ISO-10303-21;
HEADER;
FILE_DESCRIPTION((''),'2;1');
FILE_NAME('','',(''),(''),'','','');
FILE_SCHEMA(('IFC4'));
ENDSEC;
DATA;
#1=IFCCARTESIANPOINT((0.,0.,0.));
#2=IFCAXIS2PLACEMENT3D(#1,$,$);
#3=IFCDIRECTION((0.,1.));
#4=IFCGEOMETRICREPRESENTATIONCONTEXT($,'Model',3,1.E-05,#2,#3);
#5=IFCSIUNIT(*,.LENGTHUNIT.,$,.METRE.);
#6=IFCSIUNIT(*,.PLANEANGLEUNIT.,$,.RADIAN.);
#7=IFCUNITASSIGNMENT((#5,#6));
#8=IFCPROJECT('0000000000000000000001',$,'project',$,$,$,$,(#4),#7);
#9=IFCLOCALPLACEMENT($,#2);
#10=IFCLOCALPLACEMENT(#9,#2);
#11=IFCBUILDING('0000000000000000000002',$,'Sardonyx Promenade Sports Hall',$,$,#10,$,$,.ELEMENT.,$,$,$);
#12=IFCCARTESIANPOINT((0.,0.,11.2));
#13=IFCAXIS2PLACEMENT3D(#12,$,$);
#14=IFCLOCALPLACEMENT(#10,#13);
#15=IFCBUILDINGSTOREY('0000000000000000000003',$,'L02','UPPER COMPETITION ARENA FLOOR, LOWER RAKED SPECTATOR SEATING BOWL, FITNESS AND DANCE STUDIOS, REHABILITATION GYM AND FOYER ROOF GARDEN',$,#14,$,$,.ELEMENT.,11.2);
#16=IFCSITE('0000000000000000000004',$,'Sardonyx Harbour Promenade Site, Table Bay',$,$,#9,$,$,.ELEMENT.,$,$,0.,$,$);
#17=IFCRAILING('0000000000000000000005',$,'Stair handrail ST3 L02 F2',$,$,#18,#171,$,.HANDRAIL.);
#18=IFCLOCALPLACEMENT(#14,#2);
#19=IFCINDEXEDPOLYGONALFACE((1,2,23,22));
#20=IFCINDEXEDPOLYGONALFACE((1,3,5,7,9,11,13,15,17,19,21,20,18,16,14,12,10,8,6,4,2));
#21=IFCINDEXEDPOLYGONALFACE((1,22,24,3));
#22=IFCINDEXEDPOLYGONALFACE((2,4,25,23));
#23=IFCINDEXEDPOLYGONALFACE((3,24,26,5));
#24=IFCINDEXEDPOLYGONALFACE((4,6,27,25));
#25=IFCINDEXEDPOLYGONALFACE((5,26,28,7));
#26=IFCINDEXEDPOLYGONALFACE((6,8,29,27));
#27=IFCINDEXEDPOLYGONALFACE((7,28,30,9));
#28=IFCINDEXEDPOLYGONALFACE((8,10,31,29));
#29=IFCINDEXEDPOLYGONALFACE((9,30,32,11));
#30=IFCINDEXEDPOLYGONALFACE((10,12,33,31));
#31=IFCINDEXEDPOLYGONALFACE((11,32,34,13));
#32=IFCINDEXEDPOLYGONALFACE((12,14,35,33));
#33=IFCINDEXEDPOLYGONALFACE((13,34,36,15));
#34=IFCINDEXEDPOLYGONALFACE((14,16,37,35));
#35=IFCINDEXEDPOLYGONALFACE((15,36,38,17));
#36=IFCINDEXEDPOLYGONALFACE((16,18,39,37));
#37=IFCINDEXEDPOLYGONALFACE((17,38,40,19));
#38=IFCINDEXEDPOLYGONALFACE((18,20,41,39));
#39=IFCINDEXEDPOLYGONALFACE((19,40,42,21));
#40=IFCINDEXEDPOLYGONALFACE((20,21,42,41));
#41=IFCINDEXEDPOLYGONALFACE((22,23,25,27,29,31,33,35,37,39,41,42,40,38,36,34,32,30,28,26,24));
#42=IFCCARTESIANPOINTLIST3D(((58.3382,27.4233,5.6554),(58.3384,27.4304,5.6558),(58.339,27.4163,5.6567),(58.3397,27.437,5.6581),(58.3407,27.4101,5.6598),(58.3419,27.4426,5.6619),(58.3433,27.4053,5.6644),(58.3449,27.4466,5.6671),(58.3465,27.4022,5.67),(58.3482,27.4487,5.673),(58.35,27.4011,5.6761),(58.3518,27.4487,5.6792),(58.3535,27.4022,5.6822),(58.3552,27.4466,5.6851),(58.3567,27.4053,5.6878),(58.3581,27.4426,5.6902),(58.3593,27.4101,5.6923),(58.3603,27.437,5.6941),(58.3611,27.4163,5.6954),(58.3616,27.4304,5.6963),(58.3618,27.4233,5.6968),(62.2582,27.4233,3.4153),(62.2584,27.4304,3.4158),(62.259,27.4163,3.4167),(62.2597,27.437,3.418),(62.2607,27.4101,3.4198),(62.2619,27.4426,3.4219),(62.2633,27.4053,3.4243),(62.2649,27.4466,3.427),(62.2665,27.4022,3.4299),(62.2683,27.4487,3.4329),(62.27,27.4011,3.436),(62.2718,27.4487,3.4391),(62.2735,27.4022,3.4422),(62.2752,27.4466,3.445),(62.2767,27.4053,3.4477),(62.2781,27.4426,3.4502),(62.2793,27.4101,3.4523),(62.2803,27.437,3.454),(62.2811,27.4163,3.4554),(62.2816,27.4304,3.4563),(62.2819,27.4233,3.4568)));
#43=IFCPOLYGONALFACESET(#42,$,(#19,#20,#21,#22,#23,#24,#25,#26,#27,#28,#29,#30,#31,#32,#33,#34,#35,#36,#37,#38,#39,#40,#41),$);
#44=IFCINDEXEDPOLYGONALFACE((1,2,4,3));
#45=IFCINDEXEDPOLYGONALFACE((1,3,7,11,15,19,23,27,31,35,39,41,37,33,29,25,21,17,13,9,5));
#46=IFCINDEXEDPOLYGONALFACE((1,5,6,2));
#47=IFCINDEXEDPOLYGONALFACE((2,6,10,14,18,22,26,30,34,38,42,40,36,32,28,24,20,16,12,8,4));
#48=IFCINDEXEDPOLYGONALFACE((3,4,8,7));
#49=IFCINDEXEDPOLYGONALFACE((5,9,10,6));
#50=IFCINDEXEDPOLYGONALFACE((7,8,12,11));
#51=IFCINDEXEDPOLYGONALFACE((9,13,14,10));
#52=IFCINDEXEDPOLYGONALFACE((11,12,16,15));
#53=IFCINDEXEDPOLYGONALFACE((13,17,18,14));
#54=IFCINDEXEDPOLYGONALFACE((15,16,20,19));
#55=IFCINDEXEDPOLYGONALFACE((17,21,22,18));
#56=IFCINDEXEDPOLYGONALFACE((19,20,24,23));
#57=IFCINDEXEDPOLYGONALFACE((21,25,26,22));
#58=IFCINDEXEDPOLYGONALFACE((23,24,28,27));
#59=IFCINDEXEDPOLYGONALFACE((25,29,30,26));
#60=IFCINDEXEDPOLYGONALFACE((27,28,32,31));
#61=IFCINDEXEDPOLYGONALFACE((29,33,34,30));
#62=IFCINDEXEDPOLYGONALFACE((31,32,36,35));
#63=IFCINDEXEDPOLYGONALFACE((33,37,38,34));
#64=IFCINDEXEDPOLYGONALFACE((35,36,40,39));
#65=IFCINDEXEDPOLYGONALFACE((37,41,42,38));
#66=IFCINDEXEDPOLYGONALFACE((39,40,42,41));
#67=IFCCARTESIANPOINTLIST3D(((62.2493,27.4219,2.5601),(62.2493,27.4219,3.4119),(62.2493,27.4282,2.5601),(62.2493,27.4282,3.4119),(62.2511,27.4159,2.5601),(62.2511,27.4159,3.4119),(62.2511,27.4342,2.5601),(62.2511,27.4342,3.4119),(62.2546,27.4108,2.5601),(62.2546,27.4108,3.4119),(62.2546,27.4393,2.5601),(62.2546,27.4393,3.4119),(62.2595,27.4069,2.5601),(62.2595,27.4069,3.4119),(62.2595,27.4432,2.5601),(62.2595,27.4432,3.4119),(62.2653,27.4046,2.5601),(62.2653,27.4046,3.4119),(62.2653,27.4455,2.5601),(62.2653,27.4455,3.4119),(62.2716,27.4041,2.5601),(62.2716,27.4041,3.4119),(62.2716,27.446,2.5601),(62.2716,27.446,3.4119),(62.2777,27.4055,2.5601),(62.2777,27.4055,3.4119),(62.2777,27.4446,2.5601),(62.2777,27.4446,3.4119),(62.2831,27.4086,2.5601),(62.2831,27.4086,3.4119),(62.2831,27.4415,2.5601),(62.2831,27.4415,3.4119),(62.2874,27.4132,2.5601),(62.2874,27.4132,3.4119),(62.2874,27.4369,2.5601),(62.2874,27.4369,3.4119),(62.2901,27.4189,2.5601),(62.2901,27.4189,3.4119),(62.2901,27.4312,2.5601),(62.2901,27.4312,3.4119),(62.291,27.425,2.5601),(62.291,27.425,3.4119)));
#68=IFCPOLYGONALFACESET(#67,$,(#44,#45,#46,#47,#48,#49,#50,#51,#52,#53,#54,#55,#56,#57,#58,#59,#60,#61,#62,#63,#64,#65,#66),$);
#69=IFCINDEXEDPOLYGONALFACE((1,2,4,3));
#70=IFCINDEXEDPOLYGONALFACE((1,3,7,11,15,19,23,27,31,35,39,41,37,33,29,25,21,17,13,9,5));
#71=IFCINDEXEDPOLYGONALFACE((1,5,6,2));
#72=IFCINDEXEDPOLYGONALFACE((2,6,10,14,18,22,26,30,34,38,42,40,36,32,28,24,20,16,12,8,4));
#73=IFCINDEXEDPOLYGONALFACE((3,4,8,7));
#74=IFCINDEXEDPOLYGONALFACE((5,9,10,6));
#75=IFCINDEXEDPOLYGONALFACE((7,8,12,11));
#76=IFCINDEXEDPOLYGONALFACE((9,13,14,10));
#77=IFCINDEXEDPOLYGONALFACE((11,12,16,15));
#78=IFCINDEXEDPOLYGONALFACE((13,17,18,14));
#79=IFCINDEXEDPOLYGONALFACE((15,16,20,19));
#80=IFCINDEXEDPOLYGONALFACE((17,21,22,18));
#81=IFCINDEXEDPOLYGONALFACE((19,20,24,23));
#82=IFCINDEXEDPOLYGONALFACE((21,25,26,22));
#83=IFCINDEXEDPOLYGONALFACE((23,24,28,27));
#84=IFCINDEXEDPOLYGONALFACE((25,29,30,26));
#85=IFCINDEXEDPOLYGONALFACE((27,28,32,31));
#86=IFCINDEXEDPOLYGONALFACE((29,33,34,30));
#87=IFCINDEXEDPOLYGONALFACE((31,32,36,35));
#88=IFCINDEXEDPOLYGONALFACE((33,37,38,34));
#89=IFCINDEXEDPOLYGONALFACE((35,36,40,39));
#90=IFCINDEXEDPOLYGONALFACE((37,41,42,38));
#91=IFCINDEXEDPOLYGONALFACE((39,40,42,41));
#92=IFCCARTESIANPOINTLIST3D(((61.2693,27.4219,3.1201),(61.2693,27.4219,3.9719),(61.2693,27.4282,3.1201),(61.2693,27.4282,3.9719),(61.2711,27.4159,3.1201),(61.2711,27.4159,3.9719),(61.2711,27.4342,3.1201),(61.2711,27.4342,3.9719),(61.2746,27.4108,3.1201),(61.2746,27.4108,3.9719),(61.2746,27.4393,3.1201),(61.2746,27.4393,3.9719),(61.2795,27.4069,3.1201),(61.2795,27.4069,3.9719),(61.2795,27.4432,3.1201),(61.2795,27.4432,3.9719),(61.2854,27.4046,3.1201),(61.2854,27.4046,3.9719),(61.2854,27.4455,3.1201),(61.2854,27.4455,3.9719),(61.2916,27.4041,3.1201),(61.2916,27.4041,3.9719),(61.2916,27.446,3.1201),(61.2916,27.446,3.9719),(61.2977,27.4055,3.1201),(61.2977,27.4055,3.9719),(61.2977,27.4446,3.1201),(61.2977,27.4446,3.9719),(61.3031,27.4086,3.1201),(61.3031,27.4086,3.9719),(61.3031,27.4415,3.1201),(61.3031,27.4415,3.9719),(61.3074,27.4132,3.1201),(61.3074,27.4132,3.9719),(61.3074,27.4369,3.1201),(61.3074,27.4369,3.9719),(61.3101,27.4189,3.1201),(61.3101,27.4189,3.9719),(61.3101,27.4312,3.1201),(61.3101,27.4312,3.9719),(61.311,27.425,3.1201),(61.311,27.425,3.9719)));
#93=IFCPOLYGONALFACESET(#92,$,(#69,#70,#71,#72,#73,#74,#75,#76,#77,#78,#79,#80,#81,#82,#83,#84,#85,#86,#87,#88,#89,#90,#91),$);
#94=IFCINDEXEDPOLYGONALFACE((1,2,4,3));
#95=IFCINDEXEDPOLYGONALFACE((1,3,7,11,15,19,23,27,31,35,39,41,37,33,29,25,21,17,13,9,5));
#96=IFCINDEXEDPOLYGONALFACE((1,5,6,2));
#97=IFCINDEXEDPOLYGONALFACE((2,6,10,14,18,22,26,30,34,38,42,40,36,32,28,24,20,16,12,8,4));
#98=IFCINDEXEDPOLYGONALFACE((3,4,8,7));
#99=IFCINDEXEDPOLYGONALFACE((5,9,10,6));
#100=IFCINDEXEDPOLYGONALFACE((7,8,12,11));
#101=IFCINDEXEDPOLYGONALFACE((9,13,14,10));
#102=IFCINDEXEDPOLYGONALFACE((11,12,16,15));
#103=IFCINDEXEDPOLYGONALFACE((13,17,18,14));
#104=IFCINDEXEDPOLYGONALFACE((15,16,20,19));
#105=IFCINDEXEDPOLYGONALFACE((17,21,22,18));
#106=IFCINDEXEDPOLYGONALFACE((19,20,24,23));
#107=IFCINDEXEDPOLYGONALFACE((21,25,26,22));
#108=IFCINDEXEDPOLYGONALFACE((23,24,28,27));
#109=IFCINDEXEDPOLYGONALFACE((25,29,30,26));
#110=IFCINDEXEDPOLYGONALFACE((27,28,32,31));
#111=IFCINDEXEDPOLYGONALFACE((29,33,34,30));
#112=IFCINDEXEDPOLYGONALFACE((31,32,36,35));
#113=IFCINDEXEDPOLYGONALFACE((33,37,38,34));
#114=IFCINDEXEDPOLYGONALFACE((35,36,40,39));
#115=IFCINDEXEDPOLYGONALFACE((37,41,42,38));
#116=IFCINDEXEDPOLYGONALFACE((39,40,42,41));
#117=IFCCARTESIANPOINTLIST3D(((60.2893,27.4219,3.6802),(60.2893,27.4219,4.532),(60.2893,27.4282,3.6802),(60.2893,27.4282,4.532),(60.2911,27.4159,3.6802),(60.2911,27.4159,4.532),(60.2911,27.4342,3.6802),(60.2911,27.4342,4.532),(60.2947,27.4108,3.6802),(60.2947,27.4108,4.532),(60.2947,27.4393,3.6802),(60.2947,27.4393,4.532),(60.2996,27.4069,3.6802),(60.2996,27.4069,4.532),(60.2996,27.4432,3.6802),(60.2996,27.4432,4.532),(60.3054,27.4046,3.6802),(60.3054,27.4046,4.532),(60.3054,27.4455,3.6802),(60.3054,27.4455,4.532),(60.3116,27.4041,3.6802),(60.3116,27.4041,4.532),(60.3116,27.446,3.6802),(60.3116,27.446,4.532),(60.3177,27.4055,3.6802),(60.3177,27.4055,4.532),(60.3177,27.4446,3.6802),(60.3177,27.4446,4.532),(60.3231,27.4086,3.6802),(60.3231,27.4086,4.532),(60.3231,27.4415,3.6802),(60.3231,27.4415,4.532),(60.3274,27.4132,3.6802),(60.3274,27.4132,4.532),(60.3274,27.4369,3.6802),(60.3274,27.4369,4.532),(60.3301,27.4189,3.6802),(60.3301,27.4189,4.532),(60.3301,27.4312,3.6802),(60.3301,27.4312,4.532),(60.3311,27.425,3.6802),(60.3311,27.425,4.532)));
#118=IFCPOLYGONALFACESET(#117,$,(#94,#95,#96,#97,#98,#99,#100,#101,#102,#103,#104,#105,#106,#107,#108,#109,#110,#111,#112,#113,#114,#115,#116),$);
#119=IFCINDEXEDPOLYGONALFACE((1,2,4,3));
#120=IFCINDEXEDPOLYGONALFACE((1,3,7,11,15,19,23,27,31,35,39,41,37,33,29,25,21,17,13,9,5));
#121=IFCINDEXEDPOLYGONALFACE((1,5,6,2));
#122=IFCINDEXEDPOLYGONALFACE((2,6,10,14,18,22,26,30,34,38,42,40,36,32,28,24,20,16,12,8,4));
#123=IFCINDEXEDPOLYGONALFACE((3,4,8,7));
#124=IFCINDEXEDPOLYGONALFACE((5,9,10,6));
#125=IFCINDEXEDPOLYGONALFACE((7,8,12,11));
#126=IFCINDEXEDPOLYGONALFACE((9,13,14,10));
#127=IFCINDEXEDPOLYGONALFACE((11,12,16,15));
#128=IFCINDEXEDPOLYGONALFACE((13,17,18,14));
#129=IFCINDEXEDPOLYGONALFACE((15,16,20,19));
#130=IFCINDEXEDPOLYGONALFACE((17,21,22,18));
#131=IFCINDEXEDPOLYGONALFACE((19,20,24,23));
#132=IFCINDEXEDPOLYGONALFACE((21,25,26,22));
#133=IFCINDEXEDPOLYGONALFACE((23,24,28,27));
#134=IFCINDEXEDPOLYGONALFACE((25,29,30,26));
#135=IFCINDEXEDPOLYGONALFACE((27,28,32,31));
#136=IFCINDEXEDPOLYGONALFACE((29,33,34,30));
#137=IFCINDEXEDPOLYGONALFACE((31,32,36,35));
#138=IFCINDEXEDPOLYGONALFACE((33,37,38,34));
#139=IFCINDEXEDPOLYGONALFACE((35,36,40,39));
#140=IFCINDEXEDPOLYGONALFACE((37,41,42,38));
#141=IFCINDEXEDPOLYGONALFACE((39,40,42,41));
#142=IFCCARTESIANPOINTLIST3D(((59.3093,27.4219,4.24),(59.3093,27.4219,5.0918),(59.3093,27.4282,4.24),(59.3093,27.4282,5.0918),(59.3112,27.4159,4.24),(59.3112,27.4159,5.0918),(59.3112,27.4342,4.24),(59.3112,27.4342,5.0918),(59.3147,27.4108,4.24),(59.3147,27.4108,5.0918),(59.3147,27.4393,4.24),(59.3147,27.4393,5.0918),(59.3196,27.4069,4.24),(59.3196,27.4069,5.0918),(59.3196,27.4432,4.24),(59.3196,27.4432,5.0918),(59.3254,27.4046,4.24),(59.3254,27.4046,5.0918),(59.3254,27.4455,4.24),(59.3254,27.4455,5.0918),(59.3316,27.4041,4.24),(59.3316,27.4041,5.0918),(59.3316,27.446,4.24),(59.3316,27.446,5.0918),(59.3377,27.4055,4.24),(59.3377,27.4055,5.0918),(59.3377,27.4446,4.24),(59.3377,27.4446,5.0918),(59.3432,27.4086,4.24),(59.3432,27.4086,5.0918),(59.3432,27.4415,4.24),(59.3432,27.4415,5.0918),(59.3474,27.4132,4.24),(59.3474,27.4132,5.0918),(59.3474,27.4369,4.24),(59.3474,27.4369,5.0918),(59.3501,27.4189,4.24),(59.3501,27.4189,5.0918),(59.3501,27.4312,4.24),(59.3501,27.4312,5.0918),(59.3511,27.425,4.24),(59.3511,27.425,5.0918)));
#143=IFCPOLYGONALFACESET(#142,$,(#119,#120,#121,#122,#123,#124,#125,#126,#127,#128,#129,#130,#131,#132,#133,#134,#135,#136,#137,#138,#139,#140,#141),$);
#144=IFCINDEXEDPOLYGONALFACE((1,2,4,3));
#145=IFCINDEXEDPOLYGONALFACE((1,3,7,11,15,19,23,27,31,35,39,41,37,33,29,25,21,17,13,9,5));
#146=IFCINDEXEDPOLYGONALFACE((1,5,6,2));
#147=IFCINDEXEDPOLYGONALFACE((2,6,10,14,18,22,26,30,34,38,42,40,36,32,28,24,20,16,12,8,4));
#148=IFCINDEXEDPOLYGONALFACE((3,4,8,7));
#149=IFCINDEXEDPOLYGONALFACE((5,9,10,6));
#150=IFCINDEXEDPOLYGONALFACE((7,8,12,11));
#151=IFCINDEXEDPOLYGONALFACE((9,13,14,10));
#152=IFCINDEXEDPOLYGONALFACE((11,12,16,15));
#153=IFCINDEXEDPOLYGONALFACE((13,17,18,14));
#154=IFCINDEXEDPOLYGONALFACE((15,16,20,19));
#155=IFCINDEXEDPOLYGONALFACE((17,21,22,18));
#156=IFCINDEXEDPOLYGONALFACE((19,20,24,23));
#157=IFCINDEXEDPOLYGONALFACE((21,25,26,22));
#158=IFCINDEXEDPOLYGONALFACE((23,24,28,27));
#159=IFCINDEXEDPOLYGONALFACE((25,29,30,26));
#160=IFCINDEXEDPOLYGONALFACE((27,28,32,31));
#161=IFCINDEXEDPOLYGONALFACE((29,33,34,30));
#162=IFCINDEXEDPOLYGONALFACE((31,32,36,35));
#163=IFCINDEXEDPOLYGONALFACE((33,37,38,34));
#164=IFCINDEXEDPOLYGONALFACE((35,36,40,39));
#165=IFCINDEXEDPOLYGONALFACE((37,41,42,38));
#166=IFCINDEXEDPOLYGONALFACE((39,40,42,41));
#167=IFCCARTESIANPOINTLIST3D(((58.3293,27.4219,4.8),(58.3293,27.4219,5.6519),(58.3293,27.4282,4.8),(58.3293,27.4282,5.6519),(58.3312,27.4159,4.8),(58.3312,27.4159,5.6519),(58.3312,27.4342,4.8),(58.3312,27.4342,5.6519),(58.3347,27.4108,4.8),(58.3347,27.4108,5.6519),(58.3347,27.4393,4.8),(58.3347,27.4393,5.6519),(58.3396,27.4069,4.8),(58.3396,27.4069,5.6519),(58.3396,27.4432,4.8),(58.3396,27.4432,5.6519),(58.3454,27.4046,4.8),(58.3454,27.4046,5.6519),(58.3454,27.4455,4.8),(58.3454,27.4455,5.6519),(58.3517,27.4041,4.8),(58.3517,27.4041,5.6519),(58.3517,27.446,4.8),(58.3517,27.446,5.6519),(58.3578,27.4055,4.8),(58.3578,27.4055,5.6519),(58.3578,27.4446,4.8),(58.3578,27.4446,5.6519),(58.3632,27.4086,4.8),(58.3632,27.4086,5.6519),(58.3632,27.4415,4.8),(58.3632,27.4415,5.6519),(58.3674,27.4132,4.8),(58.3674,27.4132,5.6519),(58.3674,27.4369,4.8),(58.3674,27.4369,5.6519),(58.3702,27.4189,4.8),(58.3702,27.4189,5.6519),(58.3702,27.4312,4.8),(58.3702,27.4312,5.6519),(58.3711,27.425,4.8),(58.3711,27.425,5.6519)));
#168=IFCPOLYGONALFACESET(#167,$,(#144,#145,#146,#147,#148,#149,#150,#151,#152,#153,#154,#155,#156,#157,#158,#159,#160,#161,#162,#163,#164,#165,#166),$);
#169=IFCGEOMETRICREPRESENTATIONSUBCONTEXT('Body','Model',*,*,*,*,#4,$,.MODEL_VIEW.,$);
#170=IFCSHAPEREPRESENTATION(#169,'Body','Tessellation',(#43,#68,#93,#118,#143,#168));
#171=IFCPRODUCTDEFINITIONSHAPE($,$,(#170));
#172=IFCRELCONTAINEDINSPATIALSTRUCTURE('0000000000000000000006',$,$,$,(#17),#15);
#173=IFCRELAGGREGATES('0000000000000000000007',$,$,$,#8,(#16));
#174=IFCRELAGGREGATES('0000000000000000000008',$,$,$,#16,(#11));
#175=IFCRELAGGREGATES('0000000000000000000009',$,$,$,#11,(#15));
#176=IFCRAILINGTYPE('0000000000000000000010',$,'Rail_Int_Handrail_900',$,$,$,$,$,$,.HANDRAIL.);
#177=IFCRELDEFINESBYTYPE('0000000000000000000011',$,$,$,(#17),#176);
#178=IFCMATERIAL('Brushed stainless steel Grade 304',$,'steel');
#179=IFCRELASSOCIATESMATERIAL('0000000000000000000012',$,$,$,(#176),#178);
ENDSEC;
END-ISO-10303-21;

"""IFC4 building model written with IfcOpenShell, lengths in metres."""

from ifc_helpers import new_model, si_unit, direction, frame, origin, origin_2d, place, context, subcontext, project, spatial, circle, extrude, material, type_object, element, save


model = new_model("IFC4")

# Units and contexts
model_context = context("Model", 3, precision=1e-05, world=origin(), true_north=direction((0.0, 1.0)))
body_context = subcontext(model_context, "Body", "Model", "MODEL_VIEW")
ifc_project = project(units=[si_unit("LENGTHUNIT", "METRE"), si_unit("PLANEANGLEUNIT", "RADIAN")], contexts=[model_context])

# Site, building, storey
site_placement = place(None, origin())
site = spatial("IfcSite", under=ifc_project, at=site_placement, Name="Sardonyx Harbour Promenade Site, Table Bay", CompositionType="ELEMENT", RefElevation=0.0)
building_placement = place(site_placement, origin())
building = spatial("IfcBuilding", under=site, at=building_placement, Name="Sardonyx Promenade Sports Hall", CompositionType="ELEMENT")
storey_placement = place(building_placement, frame((0.0, 0.0, 11.2)))
storey = spatial("IfcBuildingStorey", under=building, at=storey_placement, Name="L02", Description="UPPER COMPETITION ARENA FLOOR, LOWER RAKED SPECTATOR SEATING BOWL, FITNESS AND DANCE STUDIOS, REHABILITATION GYM AND FOYER ROOF GARDEN", CompositionType="ELEMENT", Elevation=11.2)

# Railing
ifc_material_1 = material(Name="Brushed stainless steel Grade 304", Category="steel")
railing_type_1 = type_object("IfcRailingType", Name="Rail_Int_Handrail_900", PredefinedType="HANDRAIL", material=ifc_material_1)
railing_1_placement = place(storey_placement, frame((62.27, 27.425, 2.5601)))
element("IfcRailing", 1, at=railing_1_placement, inside=storey, type_object=railing_type_1, Name="Stair handrail ST3 L02 F2", PredefinedType="HANDRAIL", context=body_context, shape_type="SweptSolid", body=[
    extrude(circle(Radius=0.0239, at=origin_2d()), frame((0.0, 0.0, 0.876), z_axis=(-0.86824, 0.0, 0.496145), x_axis=(0.0, -1.0, 0.0)), (0.0, 0.0, 1.0), 4.5149),
    extrude(circle(Radius=0.021, at=origin_2d()), origin(), (0.0, 0.0, 1.0), 0.8518),
    extrude(circle(Radius=0.021, at=origin_2d()), frame((-0.98, 0.0, 0.5601)), (0.0, 0.0, 1.0), 0.8518),
    extrude(circle(Radius=0.021, at=origin_2d()), frame((-1.96, 0.0, 1.1201)), (0.0, 0.0, 1.0), 0.8518),
    extrude(circle(Radius=0.021, at=origin_2d()), frame((-2.9399, 0.0, 1.6799)), (0.0, 0.0, 1.0), 0.8518),
    extrude(circle(Radius=0.021, at=origin_2d()), frame((-3.9199, 0.0, 2.24)), (0.0, 0.0, 1.0), 0.8518),
])

save(model, "model.ifc")
